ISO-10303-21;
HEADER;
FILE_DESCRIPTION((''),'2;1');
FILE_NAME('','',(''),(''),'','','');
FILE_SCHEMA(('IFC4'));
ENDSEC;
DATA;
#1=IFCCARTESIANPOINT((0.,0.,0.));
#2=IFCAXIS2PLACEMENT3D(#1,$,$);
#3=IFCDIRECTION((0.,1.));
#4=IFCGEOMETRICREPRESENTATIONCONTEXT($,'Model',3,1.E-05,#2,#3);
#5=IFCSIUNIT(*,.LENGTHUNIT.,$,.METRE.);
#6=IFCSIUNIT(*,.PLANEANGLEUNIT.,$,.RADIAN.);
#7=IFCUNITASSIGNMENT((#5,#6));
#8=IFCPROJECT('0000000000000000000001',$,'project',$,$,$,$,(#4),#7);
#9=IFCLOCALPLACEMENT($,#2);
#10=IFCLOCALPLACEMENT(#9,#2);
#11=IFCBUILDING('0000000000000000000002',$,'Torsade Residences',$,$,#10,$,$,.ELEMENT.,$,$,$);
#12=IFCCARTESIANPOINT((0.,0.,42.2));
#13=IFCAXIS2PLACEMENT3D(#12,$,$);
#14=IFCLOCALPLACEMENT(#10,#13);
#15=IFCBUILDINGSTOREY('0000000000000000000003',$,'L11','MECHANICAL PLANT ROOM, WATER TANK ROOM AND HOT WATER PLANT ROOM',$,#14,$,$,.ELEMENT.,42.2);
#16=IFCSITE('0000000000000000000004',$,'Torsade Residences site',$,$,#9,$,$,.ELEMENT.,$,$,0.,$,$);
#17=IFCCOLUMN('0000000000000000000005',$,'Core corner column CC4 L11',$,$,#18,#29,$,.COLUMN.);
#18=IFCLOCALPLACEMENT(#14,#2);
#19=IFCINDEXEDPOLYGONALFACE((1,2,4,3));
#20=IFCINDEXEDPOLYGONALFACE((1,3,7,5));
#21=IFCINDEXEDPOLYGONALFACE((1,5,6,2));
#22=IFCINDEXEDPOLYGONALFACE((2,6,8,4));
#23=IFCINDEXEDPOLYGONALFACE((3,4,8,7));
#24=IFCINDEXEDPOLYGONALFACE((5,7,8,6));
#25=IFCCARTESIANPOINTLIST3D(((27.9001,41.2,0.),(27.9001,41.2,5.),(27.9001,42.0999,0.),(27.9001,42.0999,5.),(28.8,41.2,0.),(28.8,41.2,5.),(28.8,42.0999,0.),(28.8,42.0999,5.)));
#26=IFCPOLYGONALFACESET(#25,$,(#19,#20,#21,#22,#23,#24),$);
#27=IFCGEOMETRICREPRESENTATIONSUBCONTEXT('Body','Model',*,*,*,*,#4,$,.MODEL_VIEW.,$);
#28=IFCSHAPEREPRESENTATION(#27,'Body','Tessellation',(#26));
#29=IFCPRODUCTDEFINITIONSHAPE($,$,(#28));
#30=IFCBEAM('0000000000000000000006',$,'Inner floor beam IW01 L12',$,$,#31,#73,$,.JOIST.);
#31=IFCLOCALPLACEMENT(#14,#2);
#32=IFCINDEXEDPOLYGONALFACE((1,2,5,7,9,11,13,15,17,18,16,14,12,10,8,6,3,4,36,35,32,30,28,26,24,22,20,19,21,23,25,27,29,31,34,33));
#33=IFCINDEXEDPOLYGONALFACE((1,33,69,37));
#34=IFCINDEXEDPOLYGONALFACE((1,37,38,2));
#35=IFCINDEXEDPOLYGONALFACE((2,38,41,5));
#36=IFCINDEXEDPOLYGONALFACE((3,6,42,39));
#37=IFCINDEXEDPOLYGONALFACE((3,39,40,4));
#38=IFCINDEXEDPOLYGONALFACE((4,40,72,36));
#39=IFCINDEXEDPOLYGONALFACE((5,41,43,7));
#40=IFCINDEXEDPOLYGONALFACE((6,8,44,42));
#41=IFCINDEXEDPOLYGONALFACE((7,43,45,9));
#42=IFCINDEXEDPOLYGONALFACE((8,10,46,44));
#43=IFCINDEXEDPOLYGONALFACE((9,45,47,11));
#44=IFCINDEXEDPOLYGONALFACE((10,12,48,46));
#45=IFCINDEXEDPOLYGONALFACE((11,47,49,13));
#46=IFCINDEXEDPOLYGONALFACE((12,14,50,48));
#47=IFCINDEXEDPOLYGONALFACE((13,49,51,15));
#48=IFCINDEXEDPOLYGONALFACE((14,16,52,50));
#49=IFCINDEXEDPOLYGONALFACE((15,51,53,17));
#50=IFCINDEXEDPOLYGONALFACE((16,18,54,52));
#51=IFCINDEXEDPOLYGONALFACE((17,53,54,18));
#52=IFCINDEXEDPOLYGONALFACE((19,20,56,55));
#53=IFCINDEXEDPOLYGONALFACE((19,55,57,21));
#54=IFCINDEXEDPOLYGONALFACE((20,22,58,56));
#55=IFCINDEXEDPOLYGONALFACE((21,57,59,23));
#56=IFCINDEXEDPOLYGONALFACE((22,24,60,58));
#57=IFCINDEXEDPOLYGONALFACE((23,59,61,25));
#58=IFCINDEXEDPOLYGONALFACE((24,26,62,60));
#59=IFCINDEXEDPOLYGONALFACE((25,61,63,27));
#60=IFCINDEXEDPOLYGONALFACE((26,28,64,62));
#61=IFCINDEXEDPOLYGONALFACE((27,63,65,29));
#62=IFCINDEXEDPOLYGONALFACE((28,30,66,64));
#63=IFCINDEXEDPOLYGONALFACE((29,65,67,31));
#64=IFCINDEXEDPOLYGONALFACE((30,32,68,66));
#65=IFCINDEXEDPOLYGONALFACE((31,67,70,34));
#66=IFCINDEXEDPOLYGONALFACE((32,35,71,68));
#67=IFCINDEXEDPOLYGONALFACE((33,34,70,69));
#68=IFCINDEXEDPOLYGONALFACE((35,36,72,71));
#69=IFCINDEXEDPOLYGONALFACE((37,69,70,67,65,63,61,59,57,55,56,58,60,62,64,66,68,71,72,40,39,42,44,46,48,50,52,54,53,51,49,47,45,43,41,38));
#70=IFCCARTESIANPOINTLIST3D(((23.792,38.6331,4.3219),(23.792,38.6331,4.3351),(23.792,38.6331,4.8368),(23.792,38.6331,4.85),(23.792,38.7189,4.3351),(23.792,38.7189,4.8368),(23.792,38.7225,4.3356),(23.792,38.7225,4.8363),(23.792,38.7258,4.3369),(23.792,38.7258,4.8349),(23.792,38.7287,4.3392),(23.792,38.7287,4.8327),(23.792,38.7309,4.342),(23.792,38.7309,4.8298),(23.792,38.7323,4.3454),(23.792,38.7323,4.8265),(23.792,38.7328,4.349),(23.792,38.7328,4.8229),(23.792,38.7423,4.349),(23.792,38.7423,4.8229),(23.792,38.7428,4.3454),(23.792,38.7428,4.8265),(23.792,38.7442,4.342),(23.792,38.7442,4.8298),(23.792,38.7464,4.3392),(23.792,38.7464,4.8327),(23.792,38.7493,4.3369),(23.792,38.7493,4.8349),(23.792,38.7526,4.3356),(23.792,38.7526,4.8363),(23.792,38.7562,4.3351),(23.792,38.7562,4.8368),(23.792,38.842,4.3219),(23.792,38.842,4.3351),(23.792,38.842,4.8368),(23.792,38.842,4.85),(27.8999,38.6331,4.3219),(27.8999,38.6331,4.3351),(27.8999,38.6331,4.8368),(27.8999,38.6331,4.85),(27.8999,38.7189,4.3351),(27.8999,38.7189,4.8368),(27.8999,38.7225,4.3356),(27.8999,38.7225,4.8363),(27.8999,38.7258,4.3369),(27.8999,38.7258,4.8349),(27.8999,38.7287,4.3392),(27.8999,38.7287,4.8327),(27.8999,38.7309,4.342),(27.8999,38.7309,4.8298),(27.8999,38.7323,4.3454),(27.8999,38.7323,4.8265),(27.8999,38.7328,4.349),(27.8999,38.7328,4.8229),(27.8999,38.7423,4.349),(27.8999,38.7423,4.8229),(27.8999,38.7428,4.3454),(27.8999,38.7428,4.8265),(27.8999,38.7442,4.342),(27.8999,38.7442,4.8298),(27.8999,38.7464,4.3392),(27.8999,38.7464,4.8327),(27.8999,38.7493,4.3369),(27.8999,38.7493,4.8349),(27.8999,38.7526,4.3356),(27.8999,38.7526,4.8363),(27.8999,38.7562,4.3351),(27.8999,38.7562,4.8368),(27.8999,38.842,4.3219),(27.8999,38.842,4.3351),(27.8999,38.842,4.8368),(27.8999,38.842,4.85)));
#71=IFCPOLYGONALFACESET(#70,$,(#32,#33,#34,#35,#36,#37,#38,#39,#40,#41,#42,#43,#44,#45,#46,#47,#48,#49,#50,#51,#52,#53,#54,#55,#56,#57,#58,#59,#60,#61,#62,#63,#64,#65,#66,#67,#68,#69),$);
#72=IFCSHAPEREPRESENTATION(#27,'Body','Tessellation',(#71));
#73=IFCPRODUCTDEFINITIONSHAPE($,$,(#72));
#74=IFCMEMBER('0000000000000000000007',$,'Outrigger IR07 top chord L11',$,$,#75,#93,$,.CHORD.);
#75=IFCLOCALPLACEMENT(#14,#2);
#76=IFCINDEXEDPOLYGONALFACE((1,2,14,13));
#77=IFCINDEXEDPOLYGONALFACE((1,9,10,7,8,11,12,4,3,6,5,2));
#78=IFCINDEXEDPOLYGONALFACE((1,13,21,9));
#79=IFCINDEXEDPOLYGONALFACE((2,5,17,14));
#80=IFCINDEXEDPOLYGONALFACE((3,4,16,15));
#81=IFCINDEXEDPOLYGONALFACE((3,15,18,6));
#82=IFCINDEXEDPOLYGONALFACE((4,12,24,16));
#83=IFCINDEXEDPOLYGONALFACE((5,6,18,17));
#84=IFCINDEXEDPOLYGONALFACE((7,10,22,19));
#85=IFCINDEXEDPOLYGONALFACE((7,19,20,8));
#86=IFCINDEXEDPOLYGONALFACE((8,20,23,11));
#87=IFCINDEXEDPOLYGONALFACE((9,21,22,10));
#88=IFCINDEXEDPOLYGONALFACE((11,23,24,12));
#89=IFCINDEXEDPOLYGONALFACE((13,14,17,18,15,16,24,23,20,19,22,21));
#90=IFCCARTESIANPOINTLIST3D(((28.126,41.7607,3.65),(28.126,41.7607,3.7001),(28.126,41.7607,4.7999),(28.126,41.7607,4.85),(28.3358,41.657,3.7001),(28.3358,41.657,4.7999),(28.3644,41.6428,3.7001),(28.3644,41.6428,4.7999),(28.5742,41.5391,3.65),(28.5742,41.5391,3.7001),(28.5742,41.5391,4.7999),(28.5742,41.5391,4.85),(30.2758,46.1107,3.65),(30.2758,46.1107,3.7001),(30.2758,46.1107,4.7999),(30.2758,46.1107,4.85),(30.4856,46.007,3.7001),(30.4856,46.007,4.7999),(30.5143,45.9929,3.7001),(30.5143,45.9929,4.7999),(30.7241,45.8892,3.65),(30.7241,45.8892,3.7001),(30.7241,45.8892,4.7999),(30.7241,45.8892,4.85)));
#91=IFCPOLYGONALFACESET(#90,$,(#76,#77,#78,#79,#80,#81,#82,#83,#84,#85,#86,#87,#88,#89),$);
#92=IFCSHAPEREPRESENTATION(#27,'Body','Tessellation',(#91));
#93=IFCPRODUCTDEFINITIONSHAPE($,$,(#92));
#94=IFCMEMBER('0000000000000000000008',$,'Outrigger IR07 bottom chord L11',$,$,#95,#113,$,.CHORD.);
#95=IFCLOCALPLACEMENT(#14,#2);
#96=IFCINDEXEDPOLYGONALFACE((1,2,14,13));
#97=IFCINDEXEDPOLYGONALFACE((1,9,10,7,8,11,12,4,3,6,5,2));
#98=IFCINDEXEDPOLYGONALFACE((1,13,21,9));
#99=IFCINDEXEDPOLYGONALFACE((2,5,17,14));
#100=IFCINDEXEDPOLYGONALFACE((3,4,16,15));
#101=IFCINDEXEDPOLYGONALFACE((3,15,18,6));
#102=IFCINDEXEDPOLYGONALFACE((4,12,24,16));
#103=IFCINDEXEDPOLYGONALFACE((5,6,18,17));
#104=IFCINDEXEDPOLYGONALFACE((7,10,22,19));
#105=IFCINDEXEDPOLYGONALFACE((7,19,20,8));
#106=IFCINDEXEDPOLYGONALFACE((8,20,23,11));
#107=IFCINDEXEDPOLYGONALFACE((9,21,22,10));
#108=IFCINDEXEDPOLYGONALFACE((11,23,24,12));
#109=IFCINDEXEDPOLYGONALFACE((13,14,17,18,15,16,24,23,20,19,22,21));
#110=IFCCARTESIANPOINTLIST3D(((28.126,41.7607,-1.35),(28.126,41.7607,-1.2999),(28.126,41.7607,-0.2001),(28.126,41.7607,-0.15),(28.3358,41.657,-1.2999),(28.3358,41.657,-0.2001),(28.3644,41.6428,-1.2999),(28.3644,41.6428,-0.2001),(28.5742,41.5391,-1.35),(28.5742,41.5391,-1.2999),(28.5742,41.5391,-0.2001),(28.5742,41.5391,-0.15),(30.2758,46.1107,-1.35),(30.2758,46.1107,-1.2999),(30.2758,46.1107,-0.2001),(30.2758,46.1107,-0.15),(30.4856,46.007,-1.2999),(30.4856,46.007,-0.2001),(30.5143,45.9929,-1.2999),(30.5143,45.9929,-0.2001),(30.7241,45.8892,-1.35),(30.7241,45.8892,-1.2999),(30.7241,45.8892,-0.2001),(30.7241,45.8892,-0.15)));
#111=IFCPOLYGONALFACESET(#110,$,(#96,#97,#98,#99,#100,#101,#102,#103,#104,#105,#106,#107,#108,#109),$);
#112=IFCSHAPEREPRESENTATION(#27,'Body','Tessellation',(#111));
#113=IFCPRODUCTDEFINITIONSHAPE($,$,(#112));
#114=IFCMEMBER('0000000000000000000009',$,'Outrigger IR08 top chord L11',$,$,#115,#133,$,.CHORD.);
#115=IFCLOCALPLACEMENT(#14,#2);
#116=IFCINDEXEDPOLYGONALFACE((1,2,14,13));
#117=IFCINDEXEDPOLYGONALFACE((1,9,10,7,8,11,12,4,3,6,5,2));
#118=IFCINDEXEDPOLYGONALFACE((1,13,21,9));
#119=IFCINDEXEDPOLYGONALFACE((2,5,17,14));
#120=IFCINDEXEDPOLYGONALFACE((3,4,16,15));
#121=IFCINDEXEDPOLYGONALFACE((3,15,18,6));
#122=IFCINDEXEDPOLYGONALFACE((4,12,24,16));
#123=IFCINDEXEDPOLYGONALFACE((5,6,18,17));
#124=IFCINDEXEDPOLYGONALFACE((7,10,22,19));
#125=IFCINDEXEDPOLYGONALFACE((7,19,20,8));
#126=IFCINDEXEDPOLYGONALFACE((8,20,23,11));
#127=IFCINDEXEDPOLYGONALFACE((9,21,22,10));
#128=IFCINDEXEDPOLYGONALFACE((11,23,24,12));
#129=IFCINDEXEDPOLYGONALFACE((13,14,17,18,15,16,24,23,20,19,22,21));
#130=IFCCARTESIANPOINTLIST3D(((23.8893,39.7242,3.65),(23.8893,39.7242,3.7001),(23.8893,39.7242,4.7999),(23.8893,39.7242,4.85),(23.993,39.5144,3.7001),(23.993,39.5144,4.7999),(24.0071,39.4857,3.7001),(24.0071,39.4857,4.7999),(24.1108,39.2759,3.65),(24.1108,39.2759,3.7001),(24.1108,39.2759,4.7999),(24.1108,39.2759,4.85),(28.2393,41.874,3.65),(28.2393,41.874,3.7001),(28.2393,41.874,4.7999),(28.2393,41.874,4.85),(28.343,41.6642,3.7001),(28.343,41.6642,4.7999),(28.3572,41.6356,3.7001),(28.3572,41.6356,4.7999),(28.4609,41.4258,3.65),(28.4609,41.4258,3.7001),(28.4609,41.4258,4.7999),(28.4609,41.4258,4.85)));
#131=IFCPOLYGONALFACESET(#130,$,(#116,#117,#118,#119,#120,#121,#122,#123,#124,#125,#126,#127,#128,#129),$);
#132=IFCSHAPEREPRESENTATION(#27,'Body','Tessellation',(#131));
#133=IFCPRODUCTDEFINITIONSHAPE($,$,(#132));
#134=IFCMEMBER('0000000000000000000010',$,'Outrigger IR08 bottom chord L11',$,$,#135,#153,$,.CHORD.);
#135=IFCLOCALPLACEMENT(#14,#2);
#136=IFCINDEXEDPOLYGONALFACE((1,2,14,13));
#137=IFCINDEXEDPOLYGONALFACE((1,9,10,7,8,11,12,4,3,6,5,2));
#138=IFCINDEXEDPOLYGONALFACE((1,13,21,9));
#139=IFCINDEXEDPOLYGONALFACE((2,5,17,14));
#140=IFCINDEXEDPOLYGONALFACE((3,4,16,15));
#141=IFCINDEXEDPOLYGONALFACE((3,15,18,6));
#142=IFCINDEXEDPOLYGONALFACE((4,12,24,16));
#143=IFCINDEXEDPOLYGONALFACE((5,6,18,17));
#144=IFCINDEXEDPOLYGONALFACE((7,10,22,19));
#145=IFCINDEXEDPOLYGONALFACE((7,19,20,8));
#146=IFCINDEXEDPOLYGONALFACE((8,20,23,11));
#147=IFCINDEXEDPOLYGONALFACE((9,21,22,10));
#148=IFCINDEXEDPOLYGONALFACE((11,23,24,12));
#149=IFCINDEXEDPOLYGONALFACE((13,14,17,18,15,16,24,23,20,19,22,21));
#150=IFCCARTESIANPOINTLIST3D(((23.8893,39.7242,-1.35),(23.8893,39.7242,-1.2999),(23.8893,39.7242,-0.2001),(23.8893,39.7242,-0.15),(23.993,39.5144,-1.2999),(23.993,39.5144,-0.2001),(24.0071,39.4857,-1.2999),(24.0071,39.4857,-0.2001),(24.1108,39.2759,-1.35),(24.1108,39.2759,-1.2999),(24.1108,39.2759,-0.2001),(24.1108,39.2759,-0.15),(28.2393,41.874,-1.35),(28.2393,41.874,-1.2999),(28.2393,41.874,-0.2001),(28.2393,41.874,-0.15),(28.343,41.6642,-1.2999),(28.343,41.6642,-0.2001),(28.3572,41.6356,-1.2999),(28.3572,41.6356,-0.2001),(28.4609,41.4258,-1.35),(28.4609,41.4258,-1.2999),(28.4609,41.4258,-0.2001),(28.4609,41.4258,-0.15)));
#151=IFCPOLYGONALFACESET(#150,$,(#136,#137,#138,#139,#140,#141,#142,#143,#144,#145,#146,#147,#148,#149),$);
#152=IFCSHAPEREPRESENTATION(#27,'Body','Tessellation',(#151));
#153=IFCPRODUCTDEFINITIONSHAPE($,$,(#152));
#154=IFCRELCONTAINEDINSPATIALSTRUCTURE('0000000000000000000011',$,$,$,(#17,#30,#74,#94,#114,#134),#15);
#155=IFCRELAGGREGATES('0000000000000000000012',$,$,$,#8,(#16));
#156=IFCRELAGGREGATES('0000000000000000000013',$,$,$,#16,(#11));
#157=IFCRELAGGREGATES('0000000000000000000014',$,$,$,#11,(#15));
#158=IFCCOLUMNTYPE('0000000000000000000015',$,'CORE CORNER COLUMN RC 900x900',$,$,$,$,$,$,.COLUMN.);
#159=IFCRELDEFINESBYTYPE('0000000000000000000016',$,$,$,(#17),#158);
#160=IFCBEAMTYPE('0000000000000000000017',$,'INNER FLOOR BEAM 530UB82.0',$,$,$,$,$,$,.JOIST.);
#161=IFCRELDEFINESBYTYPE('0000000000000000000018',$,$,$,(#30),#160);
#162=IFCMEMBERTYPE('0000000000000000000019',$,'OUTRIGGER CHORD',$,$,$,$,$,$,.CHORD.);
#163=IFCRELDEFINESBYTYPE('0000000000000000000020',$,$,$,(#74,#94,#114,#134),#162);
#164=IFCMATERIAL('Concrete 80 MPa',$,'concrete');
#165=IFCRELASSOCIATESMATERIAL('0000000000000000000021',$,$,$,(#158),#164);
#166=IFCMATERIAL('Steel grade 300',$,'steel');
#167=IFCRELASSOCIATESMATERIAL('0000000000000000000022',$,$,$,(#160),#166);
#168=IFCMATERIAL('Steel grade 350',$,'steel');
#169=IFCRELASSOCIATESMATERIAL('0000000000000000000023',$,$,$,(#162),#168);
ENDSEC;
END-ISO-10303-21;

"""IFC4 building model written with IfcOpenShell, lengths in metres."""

from ifc_helpers import new_model, si_unit, direction, frame, origin, origin_2d, place, context, subcontext, project, spatial, rectangle, i_section, extrude, material, material_profile, profile_set, type_object, element, save


model = new_model("IFC4")

# Units and contexts
model_context = context("Model", 3, precision=1e-05, world=origin(), true_north=direction((0.0, 1.0)))
body_context = subcontext(model_context, "Body", "Model", "MODEL_VIEW")
ifc_project = project(units=[si_unit("LENGTHUNIT", "METRE"), si_unit("PLANEANGLEUNIT", "RADIAN")], contexts=[model_context])

# Site, building, storey
site_placement = place(None, origin())
site = spatial("IfcSite", under=ifc_project, at=site_placement, Name="Torsade Residences site", CompositionType="ELEMENT", RefElevation=0.0)
building_placement = place(site_placement, origin())
building = spatial("IfcBuilding", under=site, at=building_placement, Name="Torsade Residences", CompositionType="ELEMENT")
storey_placement = place(building_placement, frame((0.0, 0.0, 42.2)))
storey = spatial("IfcBuildingStorey", under=building, at=storey_placement, Name="L11", Description="MECHANICAL PLANT ROOM, WATER TANK ROOM AND HOT WATER PLANT ROOM", CompositionType="ELEMENT", Elevation=42.2)

# Column
ifc_material_1 = material(Name="Concrete 80 MPa", Category="concrete")
ifc_material_profile_1 = material_profile(ifc_material_1, rectangle(XDim=0.8999, YDim=0.8999, at=origin_2d()), Name="RC 900x900")
ifc_profile_set_1 = profile_set([ifc_material_profile_1], Name="Concrete 80 MPa")
column_type = type_object("IfcColumnType", Name="CORE CORNER COLUMN RC 900x900", PredefinedType="COLUMN", material=ifc_profile_set_1)
column_placement = place(storey_placement, frame((28.3501, 41.6499, 0.0), z_axis=(0.0, 0.0, 1.0), x_axis=(1.0, 0.0, 0.0)))
element("IfcColumn", 1, at=column_placement, inside=storey, type_object=column_type, Name="Core corner column CC4 L11", PredefinedType="COLUMN", context=body_context, shape_type="SweptSolid", body=[
    extrude(rectangle(XDim=0.8999, YDim=0.8999, at=origin_2d()), origin(), (0.0, 0.0, 1.0), 5.0),
])

# Beam
ifc_material_2 = material(Name="Steel grade 300", Category="steel")
ifc_material_profile_2 = material_profile(ifc_material_2, i_section(OverallWidth=0.209, OverallDepth=0.5281, WebThickness=0.0095, FlangeThickness=0.0132, FilletRadius=0.0139, at=origin_2d()), Name="530UB82.0")
ifc_profile_set_2 = profile_set([ifc_material_profile_2], Name="Steel grade 300")
beam_type = type_object("IfcBeamType", Name="INNER FLOOR BEAM 530UB82.0", PredefinedType="JOIST", material=ifc_profile_set_2)
beam_placement = place(storey_placement, frame((27.8999, 38.7375, 4.5859), z_axis=(-1.0, 0.0, 0.0), x_axis=(0.0, -1.0, 0.0)))
element("IfcBeam", 2, at=beam_placement, inside=storey, type_object=beam_type, Name="Inner floor beam IW01 L12", PredefinedType="JOIST", context=body_context, shape_type="SweptSolid", body=[
    extrude(i_section(OverallWidth=0.209, OverallDepth=0.5281, WebThickness=0.0095, FlangeThickness=0.0132, FilletRadius=0.0139, at=origin_2d()), origin(), (0.0, 0.0, 1.0), 4.1079),
])

# Members
ifc_material_3 = material(Name="Steel grade 350", Category="steel")
ifc_material_profile_3 = material_profile(ifc_material_3, i_section(OverallWidth=0.5, OverallDepth=1.2, WebThickness=0.032, FlangeThickness=0.05, at=origin_2d()), Name="1200x500x50x32WPG")
ifc_profile_set_3 = profile_set([ifc_material_profile_3], Name="Steel grade 350")
member_type_1 = type_object("IfcMemberType", Name="OUTRIGGER CHORD", PredefinedType="CHORD", material=ifc_profile_set_3)
for number, where, z_axis, x_axis, name in (
    (3, (28.3501, 41.6499, 4.25), (0.443063, 0.896491, 0.0), (-0.896491, 0.443063, 0.0), "Outrigger IR07 top chord L11"),
    (4, (28.3501, 41.6499, -0.75), (0.443063, 0.896491, 0.0), (-0.896491, 0.443063, 0.0), "Outrigger IR07 bottom chord L11"),
    (5, (28.3501, 41.6499, 4.25), (-0.896491, -0.443063, 0.0), (0.443063, -0.896491, 0.0), "Outrigger IR08 top chord L11"),
    (6, (28.3501, 41.6499, -0.75), (-0.896491, -0.443063, 0.0), (0.443063, -0.896491, 0.0), "Outrigger IR08 bottom chord L11"),
):
    element("IfcMember", number, at=place(storey_placement, frame(where, z_axis=z_axis, x_axis=x_axis)), inside=storey, type_object=member_type_1, Name=name, PredefinedType="CHORD", context=body_context, shape_type="SweptSolid", body=[
        extrude(i_section(OverallWidth=0.5, OverallDepth=1.2, WebThickness=0.032, FlangeThickness=0.05, at=origin_2d()), origin(), (0.0, 0.0, 1.0), 4.8523),
    ])

save(model, "model.ifc")
